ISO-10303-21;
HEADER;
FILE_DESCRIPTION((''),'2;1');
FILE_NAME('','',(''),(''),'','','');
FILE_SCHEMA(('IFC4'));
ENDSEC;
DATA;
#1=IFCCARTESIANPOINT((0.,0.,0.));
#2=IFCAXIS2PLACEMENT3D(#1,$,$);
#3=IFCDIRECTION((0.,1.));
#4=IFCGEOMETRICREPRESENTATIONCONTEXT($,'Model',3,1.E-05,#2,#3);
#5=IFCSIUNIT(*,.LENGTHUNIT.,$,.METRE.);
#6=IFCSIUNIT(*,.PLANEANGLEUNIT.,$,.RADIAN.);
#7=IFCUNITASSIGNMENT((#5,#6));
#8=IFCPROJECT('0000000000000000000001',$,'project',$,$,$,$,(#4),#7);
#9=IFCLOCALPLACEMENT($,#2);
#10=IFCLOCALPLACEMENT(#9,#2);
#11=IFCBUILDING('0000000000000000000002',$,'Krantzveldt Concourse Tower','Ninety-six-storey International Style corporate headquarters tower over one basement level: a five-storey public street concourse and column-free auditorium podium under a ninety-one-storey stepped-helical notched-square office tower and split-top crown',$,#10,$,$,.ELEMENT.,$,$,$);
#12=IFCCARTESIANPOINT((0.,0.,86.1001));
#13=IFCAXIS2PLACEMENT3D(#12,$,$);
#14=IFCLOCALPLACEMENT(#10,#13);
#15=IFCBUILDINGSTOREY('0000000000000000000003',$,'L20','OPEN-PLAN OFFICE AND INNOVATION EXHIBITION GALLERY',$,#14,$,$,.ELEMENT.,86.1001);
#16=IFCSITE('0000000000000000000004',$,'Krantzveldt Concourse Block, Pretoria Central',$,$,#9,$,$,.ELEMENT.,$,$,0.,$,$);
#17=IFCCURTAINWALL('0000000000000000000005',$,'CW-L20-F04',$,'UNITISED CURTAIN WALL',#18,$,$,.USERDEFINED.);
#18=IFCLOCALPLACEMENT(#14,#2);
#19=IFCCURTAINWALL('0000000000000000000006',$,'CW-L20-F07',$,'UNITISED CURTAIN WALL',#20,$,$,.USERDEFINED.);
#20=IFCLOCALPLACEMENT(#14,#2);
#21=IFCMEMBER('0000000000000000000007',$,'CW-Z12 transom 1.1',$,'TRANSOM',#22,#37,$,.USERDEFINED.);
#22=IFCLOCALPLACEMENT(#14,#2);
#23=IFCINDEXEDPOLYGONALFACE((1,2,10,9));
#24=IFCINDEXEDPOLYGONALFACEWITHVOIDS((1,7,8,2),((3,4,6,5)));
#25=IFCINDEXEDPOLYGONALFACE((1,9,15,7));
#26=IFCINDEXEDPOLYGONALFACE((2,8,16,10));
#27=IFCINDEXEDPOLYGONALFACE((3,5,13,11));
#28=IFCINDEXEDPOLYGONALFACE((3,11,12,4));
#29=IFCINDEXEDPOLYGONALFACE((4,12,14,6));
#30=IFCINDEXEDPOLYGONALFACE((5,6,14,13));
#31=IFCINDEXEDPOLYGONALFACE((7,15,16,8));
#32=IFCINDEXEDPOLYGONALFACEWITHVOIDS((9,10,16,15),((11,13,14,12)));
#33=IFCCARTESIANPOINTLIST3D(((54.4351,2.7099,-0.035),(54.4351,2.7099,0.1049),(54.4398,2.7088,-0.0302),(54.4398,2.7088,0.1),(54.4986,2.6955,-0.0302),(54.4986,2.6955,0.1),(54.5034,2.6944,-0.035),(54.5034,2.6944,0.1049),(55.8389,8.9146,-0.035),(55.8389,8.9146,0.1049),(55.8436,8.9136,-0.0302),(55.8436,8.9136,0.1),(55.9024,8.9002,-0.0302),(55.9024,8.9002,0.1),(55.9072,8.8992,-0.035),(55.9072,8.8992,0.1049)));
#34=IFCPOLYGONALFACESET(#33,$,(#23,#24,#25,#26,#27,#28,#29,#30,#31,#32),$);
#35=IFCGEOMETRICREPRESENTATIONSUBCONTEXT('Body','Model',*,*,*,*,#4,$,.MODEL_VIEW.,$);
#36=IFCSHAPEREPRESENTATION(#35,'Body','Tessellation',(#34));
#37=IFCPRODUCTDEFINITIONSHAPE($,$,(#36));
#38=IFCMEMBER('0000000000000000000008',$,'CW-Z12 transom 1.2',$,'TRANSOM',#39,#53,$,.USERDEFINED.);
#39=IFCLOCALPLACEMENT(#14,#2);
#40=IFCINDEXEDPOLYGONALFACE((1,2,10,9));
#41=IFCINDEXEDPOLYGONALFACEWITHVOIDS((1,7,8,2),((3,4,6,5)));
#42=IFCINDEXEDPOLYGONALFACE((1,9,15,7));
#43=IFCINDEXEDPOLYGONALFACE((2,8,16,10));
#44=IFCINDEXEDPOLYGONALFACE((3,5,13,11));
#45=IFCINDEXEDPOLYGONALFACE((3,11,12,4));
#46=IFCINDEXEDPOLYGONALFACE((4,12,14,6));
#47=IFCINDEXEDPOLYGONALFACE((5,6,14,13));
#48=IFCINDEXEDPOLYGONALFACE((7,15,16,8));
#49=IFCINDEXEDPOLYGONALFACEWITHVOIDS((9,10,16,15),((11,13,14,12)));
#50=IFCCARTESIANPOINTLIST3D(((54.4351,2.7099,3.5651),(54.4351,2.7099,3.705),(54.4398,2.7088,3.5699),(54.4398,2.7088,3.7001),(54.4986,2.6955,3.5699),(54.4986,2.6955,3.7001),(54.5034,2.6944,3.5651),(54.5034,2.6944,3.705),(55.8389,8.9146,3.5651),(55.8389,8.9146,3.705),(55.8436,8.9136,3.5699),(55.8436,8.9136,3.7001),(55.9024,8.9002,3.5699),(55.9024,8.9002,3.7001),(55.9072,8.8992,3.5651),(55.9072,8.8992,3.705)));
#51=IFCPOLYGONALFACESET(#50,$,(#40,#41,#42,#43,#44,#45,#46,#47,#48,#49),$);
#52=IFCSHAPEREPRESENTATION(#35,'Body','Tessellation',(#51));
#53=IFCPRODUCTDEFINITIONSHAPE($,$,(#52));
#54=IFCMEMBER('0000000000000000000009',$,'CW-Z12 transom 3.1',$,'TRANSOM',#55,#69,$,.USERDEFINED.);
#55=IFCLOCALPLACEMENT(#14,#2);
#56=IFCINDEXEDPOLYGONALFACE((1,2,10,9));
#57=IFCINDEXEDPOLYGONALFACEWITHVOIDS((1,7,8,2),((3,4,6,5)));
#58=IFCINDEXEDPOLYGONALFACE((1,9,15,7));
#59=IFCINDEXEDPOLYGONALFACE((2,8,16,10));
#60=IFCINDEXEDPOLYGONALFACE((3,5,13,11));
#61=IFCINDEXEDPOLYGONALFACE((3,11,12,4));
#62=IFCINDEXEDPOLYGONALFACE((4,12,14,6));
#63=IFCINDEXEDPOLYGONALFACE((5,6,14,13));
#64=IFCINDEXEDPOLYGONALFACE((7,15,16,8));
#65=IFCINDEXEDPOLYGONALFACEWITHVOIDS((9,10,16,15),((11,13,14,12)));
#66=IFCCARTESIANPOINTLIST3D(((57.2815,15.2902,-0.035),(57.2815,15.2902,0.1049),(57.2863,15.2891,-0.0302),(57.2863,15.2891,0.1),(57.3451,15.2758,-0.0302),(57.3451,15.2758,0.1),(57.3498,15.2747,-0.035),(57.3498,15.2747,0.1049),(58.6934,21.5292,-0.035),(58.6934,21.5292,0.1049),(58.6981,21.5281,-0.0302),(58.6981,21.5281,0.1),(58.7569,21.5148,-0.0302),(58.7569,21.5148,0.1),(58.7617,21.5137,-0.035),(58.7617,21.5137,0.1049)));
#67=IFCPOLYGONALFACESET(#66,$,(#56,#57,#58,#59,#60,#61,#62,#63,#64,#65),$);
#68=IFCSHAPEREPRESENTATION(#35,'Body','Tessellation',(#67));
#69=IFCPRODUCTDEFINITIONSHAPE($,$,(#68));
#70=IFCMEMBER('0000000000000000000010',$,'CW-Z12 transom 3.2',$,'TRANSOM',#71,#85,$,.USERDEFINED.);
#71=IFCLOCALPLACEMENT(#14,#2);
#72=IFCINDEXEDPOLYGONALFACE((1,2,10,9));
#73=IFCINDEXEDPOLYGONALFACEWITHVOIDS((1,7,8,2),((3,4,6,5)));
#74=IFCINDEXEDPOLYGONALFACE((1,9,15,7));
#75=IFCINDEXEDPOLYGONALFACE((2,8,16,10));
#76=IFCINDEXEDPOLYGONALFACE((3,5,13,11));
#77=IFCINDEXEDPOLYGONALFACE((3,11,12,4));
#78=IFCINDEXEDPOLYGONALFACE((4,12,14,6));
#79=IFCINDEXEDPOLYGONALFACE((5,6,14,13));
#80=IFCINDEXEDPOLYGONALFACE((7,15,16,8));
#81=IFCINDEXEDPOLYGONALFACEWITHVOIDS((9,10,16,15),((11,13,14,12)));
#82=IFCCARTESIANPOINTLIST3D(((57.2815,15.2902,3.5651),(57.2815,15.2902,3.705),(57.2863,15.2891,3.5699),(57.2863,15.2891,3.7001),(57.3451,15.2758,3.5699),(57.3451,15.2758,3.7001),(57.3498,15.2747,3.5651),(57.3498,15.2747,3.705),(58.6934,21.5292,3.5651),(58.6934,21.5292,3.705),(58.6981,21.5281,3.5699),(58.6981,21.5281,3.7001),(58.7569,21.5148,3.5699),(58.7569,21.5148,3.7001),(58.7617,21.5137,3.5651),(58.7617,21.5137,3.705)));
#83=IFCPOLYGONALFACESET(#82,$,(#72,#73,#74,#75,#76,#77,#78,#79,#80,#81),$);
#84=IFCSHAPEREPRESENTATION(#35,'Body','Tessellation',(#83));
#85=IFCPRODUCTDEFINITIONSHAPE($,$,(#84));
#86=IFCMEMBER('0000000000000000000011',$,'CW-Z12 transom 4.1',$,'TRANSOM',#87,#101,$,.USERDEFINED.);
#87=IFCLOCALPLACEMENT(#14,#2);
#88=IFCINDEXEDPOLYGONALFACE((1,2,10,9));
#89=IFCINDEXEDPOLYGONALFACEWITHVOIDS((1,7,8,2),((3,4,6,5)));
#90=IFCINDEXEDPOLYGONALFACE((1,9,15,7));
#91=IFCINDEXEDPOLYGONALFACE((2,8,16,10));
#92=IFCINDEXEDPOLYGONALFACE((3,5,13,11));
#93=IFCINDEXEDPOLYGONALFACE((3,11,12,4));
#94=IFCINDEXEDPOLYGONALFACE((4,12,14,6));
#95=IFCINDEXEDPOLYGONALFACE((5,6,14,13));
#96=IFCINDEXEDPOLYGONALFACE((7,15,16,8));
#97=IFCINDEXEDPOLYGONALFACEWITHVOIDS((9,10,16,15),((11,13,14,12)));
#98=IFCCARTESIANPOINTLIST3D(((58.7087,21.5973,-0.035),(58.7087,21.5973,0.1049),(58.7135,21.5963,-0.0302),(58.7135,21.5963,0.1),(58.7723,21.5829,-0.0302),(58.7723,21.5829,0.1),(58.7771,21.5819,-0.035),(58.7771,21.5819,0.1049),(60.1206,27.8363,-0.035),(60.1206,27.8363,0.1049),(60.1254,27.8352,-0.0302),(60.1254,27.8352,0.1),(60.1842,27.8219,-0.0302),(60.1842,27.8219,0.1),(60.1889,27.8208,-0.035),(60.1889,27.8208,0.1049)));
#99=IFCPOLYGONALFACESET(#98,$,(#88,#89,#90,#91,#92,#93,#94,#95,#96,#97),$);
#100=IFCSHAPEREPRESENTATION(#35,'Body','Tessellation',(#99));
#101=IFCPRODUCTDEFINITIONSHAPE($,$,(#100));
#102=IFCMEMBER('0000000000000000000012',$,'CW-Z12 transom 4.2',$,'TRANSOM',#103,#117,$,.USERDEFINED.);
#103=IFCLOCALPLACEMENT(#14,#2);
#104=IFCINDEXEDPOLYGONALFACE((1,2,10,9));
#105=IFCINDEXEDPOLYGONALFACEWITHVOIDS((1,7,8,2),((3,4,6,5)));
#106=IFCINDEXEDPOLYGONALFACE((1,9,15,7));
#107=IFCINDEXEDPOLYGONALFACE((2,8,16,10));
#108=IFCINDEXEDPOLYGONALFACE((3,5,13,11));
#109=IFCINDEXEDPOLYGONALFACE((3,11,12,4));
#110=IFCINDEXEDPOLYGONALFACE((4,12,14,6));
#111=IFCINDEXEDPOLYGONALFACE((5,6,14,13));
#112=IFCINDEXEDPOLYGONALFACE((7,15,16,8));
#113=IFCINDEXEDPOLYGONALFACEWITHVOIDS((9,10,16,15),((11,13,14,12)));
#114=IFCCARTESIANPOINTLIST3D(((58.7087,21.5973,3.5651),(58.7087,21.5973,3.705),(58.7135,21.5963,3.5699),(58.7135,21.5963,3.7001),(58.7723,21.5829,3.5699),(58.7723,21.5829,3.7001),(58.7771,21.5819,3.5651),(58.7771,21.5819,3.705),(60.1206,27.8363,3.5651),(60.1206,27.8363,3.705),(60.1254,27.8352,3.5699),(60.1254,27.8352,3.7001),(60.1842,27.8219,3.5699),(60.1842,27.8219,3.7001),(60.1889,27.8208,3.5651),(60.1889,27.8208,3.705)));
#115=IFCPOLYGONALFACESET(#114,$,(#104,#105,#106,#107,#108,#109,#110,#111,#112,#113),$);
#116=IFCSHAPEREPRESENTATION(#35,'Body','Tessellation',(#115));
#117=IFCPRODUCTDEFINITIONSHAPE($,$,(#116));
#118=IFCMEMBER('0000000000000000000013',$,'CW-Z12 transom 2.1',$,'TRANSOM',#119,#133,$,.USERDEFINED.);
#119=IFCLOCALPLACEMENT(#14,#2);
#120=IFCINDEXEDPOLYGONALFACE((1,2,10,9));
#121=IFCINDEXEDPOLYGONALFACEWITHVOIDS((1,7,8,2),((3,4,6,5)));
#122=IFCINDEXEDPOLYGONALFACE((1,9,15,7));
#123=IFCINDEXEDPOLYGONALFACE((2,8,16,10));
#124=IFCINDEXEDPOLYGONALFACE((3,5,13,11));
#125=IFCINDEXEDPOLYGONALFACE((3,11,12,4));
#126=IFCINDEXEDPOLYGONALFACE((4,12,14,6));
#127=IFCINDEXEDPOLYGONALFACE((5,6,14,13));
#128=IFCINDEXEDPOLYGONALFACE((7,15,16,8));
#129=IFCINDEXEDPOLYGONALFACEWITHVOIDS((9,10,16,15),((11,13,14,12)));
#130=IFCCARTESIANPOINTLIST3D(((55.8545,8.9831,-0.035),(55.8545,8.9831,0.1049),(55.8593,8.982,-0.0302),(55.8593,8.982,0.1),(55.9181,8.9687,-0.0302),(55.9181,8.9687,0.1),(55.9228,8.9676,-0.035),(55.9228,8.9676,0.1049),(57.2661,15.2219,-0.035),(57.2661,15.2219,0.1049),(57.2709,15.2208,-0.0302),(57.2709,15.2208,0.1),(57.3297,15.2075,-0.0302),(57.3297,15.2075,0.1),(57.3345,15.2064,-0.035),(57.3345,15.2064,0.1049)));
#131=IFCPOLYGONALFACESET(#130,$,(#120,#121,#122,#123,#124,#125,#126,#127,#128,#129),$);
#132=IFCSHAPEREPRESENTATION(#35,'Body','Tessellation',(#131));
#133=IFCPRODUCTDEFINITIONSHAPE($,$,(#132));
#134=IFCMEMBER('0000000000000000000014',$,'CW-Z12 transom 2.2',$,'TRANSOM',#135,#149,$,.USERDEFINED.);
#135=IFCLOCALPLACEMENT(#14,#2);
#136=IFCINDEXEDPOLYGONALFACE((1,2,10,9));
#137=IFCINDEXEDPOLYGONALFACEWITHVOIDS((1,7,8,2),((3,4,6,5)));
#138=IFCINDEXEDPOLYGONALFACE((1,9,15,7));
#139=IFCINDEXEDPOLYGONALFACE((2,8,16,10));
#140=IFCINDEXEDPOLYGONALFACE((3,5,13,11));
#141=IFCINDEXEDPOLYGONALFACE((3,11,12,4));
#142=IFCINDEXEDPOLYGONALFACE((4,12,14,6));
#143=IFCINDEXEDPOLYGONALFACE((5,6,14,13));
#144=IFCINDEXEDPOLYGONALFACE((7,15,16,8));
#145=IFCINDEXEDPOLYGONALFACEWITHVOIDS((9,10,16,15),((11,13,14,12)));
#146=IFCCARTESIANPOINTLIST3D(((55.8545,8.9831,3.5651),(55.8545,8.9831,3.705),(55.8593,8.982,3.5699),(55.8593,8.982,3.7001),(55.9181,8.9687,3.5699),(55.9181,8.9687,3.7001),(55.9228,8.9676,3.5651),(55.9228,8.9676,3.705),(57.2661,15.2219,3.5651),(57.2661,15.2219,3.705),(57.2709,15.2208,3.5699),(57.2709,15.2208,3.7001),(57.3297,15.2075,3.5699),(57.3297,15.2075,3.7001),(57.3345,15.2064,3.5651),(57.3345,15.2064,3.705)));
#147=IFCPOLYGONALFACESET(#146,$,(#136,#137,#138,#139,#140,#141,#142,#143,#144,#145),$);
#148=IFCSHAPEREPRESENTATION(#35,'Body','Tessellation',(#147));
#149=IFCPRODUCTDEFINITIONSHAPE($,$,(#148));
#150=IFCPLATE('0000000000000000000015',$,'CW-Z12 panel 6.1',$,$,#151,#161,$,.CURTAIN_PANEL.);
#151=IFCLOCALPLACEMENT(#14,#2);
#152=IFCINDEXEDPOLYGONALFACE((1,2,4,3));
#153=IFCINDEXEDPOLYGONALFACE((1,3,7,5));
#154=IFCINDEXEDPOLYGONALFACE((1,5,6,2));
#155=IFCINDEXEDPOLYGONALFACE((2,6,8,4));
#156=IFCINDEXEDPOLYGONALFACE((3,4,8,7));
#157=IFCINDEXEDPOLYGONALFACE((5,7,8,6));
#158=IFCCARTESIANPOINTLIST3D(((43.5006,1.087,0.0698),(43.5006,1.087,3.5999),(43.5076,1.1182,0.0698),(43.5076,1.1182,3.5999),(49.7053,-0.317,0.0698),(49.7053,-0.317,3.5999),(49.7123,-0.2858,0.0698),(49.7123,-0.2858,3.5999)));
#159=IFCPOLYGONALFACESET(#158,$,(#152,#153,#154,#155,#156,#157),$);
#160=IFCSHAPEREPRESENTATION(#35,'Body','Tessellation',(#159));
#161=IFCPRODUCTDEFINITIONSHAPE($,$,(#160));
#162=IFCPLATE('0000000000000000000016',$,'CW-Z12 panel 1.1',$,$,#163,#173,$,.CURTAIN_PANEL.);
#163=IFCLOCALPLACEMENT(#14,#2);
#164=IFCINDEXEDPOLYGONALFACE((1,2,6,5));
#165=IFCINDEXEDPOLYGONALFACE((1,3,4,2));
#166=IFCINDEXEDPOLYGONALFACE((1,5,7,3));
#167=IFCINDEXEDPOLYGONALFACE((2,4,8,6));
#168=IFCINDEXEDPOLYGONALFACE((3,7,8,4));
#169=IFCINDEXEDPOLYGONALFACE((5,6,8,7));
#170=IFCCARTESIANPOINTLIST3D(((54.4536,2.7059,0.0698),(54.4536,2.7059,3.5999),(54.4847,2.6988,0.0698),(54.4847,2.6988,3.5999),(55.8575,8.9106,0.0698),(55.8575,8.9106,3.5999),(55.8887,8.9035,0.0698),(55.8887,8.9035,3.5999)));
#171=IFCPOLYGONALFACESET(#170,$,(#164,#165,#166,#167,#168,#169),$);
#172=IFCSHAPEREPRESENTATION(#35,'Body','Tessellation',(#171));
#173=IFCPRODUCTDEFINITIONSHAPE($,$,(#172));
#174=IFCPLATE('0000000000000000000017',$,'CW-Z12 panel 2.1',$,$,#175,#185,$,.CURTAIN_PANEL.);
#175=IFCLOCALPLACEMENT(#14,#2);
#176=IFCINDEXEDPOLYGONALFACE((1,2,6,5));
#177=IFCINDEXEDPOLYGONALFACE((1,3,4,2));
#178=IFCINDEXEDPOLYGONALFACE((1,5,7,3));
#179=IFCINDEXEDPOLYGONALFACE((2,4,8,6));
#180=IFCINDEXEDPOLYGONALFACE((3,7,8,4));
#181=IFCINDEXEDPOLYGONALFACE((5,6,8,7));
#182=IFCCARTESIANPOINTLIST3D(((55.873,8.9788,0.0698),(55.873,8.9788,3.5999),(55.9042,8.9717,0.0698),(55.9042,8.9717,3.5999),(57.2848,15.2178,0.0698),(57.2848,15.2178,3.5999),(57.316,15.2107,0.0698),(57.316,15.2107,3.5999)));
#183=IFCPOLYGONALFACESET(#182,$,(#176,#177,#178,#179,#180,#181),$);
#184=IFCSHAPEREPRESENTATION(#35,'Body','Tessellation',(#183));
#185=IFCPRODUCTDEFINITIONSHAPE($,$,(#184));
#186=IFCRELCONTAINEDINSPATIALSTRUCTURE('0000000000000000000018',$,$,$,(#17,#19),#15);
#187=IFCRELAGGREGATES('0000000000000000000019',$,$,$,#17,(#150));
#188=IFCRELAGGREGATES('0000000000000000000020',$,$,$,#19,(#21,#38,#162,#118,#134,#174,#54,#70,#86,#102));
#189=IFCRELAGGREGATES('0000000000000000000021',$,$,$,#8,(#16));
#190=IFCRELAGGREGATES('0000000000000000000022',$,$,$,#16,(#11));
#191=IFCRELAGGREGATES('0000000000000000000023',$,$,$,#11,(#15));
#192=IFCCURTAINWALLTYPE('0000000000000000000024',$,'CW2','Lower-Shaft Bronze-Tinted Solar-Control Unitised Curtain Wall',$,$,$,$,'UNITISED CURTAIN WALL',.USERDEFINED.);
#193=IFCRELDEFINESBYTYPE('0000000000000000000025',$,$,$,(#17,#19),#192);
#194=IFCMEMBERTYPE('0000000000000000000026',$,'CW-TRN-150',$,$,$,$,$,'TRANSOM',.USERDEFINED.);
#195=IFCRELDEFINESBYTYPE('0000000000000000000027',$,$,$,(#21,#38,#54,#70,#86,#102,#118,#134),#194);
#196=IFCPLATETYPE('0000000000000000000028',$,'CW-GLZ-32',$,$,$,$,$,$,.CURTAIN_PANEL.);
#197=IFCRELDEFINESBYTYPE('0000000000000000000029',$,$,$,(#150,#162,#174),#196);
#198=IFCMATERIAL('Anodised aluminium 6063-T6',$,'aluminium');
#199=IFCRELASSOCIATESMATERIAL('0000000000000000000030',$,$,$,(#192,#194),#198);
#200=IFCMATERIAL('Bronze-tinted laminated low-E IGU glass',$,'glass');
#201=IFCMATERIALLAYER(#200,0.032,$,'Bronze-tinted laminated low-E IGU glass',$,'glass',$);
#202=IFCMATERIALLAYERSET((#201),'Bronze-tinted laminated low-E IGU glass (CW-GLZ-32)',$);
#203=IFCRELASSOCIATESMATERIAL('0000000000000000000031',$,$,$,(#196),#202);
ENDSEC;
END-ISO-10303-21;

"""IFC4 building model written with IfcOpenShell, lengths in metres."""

from ifc_helpers import new_model, si_unit, direction, frame, origin, origin_2d, place, context, subcontext, project, spatial, rectangle, hollow_rectangle, extrude, source, transform, mapped, material, layer, layer_set, material_profile, profile_set, type_object, type_shapes, element, aggregate, save


model = new_model("IFC4")

# Units and contexts
model_context = context("Model", 3, precision=1e-05, world=origin(), true_north=direction((0.0, 1.0)))
body_context = subcontext(model_context, "Body", "Model", "MODEL_VIEW")
ifc_project = project(units=[si_unit("LENGTHUNIT", "METRE"), si_unit("PLANEANGLEUNIT", "RADIAN")], contexts=[model_context])

# Site, building, storey
site_placement = place(None, origin())
site = spatial("IfcSite", under=ifc_project, at=site_placement, Name="Krantzveldt Concourse Block, Pretoria Central", CompositionType="ELEMENT", RefElevation=0.0)
building_placement = place(site_placement, origin())
building = spatial("IfcBuilding", under=site, at=building_placement, Name="Krantzveldt Concourse Tower", Description="Ninety-six-storey International Style corporate headquarters tower over one basement level: a five-storey public street concourse and column-free auditorium podium under a ninety-one-storey stepped-helical notched-square office tower and split-top crown", CompositionType="ELEMENT")
storey_placement = place(building_placement, frame((0.0, 0.0, 86.1001)))
storey = spatial("IfcBuildingStorey", under=building, at=storey_placement, Name="L20", Description="OPEN-PLAN OFFICE AND INNOVATION EXHIBITION GALLERY", CompositionType="ELEMENT", Elevation=86.1001)

# Curtain wall
ifc_material_1 = material(Name="Anodised aluminium 6063-T6", Category="aluminium")
curtain_wall_type = type_object("IfcCurtainWallType", Name="CW2", Description="Lower-Shaft Bronze-Tinted Solar-Control Unitised Curtain Wall", ElementType="UNITISED CURTAIN WALL", PredefinedType="USERDEFINED", material=ifc_material_1)
curtain_wall_1_placement = place(storey_placement, origin())
curtain_wall_1 = element("IfcCurtainWall", 1, at=curtain_wall_1_placement, inside=storey, type_object=curtain_wall_type, Name="CW-L20-F04", ObjectType="UNITISED CURTAIN WALL", PredefinedType="USERDEFINED")

# Curtain wall, members
curtain_wall_2_placement = place(storey_placement, origin())
curtain_wall_2 = element("IfcCurtainWall", 2, at=curtain_wall_2_placement, inside=storey, type_object=curtain_wall_type, Name="CW-L20-F07", ObjectType="UNITISED CURTAIN WALL", PredefinedType="USERDEFINED")
ifc_material_profile_1 = material_profile(ifc_material_1, hollow_rectangle(XDim=0.0701, YDim=0.1399, WallThickness=0.0049, at=origin_2d()), Name="Anodised aluminium 6063-T6", Category="aluminium")
ifc_profile_set_1 = profile_set([ifc_material_profile_1], Name="Anodised aluminium 6063-T6 - ALU-TRAN 140x70x5")
member_type_1 = type_object("IfcMemberType", Name="CW-TRN-150", ElementType="TRANSOM", PredefinedType="USERDEFINED", material=ifc_profile_set_1)
shared_shape_1 = source(origin(), body_context, "Body", "SweptSolid", [
    extrude(hollow_rectangle(XDim=0.0701, YDim=0.1399, WallThickness=0.0049, at=origin_2d()), origin(), (0.0, 0.0, 1.0), 6.3616),
])
member_1_placement = place(storey_placement, frame((54.4692, 2.7021, 0.0349), z_axis=(0.220667, 0.975349, 0.0), x_axis=(-0.975349, 0.220667, 0.0)))
member_1 = element("IfcMember", 3, at=member_1_placement, type_object=member_type_1, Name="CW-Z12 transom 1.1", ObjectType="TRANSOM", PredefinedType="USERDEFINED", context=body_context, shape_type="MappedRepresentation", body=[
    mapped(shared_shape_1, transform((0.0, 0.0, 0.0), x_axis=(1.0, 0.0, 0.0), y_axis=(0.0, 1.0, 0.0), z_axis=(0.0, 0.0, 1.0), scale=1.0)),
])
member_2_placement = place(storey_placement, frame((54.4692, 2.7021, 3.635), z_axis=(0.220667, 0.975349, 0.0), x_axis=(-0.975349, 0.220667, 0.0)))
member_2 = element("IfcMember", 4, at=member_2_placement, type_object=member_type_1, Name="CW-Z12 transom 1.2", ObjectType="TRANSOM", PredefinedType="USERDEFINED", context=body_context, shape_type="MappedRepresentation", body=[
    mapped(shared_shape_1, transform((0.0, 0.0, 0.0), x_axis=(1.0, 0.0, 0.0), y_axis=(0.0, 1.0, 0.0), z_axis=(0.0, 0.0, 1.0), scale=1.0)),
])
shared_shape_2 = source(origin(), body_context, "Body", "SweptSolid", [
    extrude(hollow_rectangle(XDim=0.0701, YDim=0.1399, WallThickness=0.0049, at=origin_2d()), origin(), (0.0, 0.0, 1.0), 6.3967),
])
member_3_placement = place(storey_placement, frame((57.3157, 15.2825, 0.0349), z_axis=(0.220715, 0.975338, 0.0), x_axis=(-0.975338, 0.220715, 0.0)))
member_3 = element("IfcMember", 5, at=member_3_placement, type_object=member_type_1, Name="CW-Z12 transom 3.1", ObjectType="TRANSOM", PredefinedType="USERDEFINED", context=body_context, shape_type="MappedRepresentation", body=[
    mapped(shared_shape_2, transform((0.0, 0.0, 0.0), x_axis=(1.0, 0.0, 0.0), y_axis=(0.0, 1.0, 0.0), z_axis=(0.0, 0.0, 1.0), scale=1.0)),
])
member_4_placement = place(storey_placement, frame((57.3157, 15.2825, 3.635), z_axis=(0.220715, 0.975338, 0.0), x_axis=(-0.975338, 0.220715, 0.0)))
member_4 = element("IfcMember", 6, at=member_4_placement, type_object=member_type_1, Name="CW-Z12 transom 3.2", ObjectType="TRANSOM", PredefinedType="USERDEFINED", context=body_context, shape_type="MappedRepresentation", body=[
    mapped(shared_shape_2, transform((0.0, 0.0, 0.0), x_axis=(1.0, 0.0, 0.0), y_axis=(0.0, 1.0, 0.0), z_axis=(0.0, 0.0, 1.0), scale=1.0)),
])
member_5_placement = place(storey_placement, frame((58.7429, 21.5896, 0.0349), z_axis=(0.220715, 0.975338, 0.0), x_axis=(-0.975338, 0.220715, 0.0)))
member_5 = element("IfcMember", 7, at=member_5_placement, type_object=member_type_1, Name="CW-Z12 transom 4.1", ObjectType="TRANSOM", PredefinedType="USERDEFINED", context=body_context, shape_type="MappedRepresentation", body=[
    mapped(shared_shape_2, transform((0.0, 0.0, 0.0), x_axis=(1.0, 0.0, 0.0), y_axis=(0.0, 1.0, 0.0), z_axis=(0.0, 0.0, 1.0), scale=1.0)),
])
member_6_placement = place(storey_placement, frame((58.7429, 21.5896, 3.635), z_axis=(0.220715, 0.975338, 0.0), x_axis=(-0.975338, 0.220715, 0.0)))
member_6 = element("IfcMember", 8, at=member_6_placement, type_object=member_type_1, Name="CW-Z12 transom 4.2", ObjectType="TRANSOM", PredefinedType="USERDEFINED", context=body_context, shape_type="MappedRepresentation", body=[
    mapped(shared_shape_2, transform((0.0, 0.0, 0.0), x_axis=(1.0, 0.0, 0.0), y_axis=(0.0, 1.0, 0.0), z_axis=(0.0, 0.0, 1.0), scale=1.0)),
])
shared_shape_3 = source(origin(), body_context, "Body", "SweptSolid", [
    extrude(hollow_rectangle(XDim=0.0701, YDim=0.1399, WallThickness=0.0049, at=origin_2d()), origin(), (0.0, 0.0, 1.0), 6.3965),
])
type_shapes(member_type_1, [shared_shape_1, shared_shape_2, shared_shape_3])
member_7_placement = place(storey_placement, frame((55.8887, 8.9753, 0.0349), z_axis=(0.220687, 0.975345, 0.0), x_axis=(-0.975345, 0.220687, 0.0)))
member_7 = element("IfcMember", 9, at=member_7_placement, type_object=member_type_1, Name="CW-Z12 transom 2.1", ObjectType="TRANSOM", PredefinedType="USERDEFINED", context=body_context, shape_type="MappedRepresentation", body=[
    mapped(shared_shape_3, transform((0.0, 0.0, 0.0), x_axis=(1.0, 0.0, 0.0), y_axis=(0.0, 1.0, 0.0), z_axis=(0.0, 0.0, 1.0), scale=1.0)),
])
member_8_placement = place(storey_placement, frame((55.8887, 8.9753, 3.635), z_axis=(0.220687, 0.975345, 0.0), x_axis=(-0.975345, 0.220687, 0.0)))
member_8 = element("IfcMember", 10, at=member_8_placement, type_object=member_type_1, Name="CW-Z12 transom 2.2", ObjectType="TRANSOM", PredefinedType="USERDEFINED", context=body_context, shape_type="MappedRepresentation", body=[
    mapped(shared_shape_3, transform((0.0, 0.0, 0.0), x_axis=(1.0, 0.0, 0.0), y_axis=(0.0, 1.0, 0.0), z_axis=(0.0, 0.0, 1.0), scale=1.0)),
])

# Plates
ifc_material_2 = material(Name="Bronze-tinted laminated low-E IGU glass", Category="glass")
ifc_layer_1 = layer(ifc_material_2, 0.032, Name="Bronze-tinted laminated low-E IGU glass", Category="glass")
ifc_layer_set_1 = layer_set([ifc_layer_1], Name="Bronze-tinted laminated low-E IGU glass (CW-GLZ-32)")
plate_type = type_object("IfcPlateType", Name="CW-GLZ-32", PredefinedType="CURTAIN_PANEL", material=ifc_layer_set_1)
shared_shape_4 = source(origin(), body_context, "Body", "SweptSolid", [
    extrude(rectangle(XDim=6.3616, YDim=0.032, at=origin_2d()), origin(), (0.0, 0.0, 1.0), 3.53),
])
plate_1_placement = place(storey_placement, frame((46.6064, 0.4006, 0.0698), z_axis=(0.0, 0.0, 1.0), x_axis=(0.975342, -0.220697, 0.0)))
plate_1 = element("IfcPlate", 11, at=plate_1_placement, type_object=plate_type, Name="CW-Z12 panel 6.1", PredefinedType="CURTAIN_PANEL", context=body_context, shape_type="MappedRepresentation", body=[
    mapped(shared_shape_4, transform((0.0, 0.0, 0.0), x_axis=(1.0, 0.0, 0.0), y_axis=(0.0, 1.0, 0.0), z_axis=(0.0, 0.0, 1.0), scale=1.0)),
])
aggregate(curtain_wall_1, [plate_1])
plate_2_placement = place(storey_placement, frame((55.1711, 5.8047, 0.0698), z_axis=(0.0, 0.0, 1.0), x_axis=(0.220697, 0.975342, 0.0)))
plate_2 = element("IfcPlate", 12, at=plate_2_placement, type_object=plate_type, Name="CW-Z12 panel 1.1", PredefinedType="CURTAIN_PANEL", context=body_context, shape_type="MappedRepresentation", body=[
    mapped(shared_shape_4, transform((0.0, 0.0, 0.0), x_axis=(1.0, 0.0, 0.0), y_axis=(0.0, 1.0, 0.0), z_axis=(0.0, 0.0, 1.0), scale=1.0)),
])
shared_shape_5 = source(origin(), body_context, "Body", "SweptSolid", [
    extrude(rectangle(XDim=6.3967, YDim=0.032, at=origin_2d()), origin(), (0.0, 0.0, 1.0), 3.53),
])
type_shapes(plate_type, [shared_shape_4, shared_shape_5])
plate_3_placement = place(storey_placement, frame((56.5945, 12.0947, 0.0698), z_axis=(0.0, 0.0, 1.0), x_axis=(0.220697, 0.975342, 0.0)))
plate_3 = element("IfcPlate", 13, at=plate_3_placement, type_object=plate_type, Name="CW-Z12 panel 2.1", PredefinedType="CURTAIN_PANEL", context=body_context, shape_type="MappedRepresentation", body=[
    mapped(shared_shape_5, transform((0.0, 0.0, 0.0), x_axis=(1.0, 0.0, 0.0), y_axis=(0.0, 1.0, 0.0), z_axis=(0.0, 0.0, 1.0), scale=1.0)),
])
aggregate(curtain_wall_2, [member_1, member_2, plate_2, member_7, member_8, plate_3, member_3, member_4, member_5, member_6])

save(model, "model.ifc")
